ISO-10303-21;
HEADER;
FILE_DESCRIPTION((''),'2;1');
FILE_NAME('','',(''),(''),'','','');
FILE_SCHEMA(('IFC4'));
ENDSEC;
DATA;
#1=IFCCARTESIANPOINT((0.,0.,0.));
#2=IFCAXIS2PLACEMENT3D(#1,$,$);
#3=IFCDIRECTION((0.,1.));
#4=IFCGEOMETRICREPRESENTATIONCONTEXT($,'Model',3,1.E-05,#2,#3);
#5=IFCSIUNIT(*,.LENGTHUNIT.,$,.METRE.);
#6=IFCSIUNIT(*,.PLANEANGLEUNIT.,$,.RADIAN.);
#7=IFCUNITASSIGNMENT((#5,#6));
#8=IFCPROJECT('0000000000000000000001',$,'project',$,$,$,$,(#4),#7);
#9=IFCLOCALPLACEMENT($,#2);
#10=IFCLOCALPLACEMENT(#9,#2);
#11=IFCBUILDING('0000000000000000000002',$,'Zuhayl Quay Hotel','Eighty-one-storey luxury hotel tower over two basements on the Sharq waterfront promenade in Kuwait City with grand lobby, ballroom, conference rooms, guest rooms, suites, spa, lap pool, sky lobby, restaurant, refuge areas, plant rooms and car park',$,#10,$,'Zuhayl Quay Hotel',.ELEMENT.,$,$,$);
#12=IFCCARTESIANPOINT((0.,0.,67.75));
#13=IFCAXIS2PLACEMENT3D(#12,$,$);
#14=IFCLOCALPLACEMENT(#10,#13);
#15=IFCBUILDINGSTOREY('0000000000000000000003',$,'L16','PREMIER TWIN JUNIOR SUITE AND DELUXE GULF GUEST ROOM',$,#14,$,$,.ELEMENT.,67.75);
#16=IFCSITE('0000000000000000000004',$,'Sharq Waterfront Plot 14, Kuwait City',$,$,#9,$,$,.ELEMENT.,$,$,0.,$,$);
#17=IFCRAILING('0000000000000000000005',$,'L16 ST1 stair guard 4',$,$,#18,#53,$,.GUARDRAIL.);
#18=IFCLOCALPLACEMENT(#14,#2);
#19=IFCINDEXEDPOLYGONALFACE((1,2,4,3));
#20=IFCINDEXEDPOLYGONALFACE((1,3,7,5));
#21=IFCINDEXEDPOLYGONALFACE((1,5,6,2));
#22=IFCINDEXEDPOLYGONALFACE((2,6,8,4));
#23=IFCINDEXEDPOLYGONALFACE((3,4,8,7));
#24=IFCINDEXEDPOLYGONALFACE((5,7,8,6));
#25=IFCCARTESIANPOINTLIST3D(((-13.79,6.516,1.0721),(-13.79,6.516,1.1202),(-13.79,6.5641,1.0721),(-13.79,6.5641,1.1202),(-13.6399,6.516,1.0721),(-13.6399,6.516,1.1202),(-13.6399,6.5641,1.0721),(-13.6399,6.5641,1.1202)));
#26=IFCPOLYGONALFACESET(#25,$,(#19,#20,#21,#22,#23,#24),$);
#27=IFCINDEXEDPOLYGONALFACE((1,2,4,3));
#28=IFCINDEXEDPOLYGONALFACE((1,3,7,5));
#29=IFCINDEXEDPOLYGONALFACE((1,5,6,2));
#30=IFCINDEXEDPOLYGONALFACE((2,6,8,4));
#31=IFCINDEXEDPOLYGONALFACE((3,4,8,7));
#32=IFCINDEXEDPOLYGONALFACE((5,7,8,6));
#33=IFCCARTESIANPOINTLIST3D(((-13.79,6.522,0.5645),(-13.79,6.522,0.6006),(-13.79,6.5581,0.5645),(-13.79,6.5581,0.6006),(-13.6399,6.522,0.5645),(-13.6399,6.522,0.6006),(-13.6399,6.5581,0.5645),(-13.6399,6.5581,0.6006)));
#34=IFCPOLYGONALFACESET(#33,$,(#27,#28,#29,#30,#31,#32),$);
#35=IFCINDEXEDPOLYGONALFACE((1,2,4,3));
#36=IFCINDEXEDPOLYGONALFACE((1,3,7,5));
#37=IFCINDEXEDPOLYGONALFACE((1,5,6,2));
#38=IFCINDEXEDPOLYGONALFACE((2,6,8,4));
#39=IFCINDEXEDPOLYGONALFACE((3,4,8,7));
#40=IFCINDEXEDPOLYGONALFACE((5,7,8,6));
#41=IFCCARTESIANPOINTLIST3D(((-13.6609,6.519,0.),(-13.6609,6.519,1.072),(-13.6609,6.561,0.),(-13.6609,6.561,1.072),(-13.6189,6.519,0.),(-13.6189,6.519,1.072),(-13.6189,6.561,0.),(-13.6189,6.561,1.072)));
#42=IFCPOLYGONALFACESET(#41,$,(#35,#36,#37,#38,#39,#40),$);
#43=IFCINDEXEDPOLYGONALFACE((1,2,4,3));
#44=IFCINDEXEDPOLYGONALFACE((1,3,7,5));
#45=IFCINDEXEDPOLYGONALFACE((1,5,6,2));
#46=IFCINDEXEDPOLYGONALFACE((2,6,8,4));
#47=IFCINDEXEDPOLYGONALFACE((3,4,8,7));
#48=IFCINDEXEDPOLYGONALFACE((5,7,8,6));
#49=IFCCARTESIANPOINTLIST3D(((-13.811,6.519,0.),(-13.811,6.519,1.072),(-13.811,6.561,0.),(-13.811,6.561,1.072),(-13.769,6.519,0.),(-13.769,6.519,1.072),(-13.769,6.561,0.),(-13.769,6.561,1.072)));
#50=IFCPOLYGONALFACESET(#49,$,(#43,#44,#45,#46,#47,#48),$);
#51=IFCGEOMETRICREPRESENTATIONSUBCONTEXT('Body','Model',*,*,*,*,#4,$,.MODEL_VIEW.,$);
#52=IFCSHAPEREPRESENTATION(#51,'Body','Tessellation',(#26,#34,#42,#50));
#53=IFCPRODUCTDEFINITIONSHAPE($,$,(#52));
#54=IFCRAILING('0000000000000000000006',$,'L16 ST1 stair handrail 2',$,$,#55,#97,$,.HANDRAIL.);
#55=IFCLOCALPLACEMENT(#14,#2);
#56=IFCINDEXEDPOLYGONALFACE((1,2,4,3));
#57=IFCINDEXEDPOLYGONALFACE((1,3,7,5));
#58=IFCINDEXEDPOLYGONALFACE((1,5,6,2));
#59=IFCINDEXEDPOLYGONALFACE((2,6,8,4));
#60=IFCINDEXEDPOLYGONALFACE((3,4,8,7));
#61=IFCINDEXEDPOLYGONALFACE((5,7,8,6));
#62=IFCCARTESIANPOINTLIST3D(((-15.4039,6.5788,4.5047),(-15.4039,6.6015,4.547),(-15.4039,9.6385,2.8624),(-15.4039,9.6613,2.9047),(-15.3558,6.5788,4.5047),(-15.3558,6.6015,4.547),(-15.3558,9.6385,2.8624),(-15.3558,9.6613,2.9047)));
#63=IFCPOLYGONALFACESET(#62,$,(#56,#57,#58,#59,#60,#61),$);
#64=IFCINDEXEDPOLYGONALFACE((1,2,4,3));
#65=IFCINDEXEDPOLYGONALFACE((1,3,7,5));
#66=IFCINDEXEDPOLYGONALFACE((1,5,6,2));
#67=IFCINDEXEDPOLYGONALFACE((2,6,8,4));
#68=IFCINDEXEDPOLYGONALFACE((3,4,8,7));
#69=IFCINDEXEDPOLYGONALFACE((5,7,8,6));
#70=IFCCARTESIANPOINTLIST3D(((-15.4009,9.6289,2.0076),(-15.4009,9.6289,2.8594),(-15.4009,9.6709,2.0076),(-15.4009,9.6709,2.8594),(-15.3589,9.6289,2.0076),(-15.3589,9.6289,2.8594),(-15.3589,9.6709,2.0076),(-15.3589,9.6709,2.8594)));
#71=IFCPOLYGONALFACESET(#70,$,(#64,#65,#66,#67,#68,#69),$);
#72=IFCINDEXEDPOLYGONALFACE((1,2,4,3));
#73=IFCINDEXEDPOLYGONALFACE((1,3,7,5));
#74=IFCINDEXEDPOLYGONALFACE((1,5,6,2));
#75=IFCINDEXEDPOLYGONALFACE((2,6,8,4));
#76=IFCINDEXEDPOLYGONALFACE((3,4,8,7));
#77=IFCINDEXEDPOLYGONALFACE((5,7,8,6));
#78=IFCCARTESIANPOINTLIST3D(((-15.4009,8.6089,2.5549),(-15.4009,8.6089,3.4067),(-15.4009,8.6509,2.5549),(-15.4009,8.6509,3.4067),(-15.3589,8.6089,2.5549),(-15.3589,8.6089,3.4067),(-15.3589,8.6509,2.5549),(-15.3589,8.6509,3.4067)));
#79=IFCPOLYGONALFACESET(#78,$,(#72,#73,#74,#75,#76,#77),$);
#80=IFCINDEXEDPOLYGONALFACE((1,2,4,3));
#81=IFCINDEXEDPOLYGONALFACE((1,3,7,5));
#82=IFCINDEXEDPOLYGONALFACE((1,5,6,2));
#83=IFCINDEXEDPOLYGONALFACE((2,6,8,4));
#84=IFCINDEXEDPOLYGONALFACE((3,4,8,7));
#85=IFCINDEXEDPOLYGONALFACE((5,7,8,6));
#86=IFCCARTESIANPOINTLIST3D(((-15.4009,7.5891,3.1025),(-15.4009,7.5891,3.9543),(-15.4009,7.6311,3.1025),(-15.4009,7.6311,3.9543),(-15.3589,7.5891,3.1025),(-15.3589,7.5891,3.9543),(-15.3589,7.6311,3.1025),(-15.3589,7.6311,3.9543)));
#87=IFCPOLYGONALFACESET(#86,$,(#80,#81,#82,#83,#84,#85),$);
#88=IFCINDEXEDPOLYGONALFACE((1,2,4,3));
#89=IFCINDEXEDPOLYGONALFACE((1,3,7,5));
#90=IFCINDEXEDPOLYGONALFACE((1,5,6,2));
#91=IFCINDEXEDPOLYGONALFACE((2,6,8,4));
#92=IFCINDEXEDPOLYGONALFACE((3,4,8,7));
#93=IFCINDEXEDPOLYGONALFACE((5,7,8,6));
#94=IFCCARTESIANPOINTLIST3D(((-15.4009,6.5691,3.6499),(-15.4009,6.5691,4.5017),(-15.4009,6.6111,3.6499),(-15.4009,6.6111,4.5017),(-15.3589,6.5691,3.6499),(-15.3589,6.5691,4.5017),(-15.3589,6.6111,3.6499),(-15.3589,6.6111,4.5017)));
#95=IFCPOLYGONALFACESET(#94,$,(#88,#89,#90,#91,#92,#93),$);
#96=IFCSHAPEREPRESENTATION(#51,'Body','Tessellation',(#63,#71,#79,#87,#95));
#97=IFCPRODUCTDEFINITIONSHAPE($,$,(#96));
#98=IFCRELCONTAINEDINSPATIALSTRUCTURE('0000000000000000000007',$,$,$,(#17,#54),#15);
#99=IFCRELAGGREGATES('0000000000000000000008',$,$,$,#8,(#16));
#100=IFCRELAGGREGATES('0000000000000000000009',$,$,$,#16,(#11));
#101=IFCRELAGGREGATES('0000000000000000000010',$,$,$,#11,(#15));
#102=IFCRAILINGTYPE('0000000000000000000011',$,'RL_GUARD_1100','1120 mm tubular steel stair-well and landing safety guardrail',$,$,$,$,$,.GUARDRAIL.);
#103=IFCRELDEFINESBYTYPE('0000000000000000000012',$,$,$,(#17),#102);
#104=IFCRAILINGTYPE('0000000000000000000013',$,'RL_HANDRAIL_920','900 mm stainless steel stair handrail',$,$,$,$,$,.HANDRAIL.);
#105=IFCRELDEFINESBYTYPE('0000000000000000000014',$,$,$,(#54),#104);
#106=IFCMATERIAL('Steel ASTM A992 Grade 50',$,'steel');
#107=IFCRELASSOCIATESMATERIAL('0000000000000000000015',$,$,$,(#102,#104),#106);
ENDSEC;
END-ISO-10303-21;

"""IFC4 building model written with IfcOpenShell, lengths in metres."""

from ifc_helpers import new_model, si_unit, direction, frame, origin, origin_2d, place, context, subcontext, project, spatial, rectangle, extrude, material, type_object, element, save


model = new_model("IFC4")

# Units and contexts
model_context = context("Model", 3, precision=1e-05, world=origin(), true_north=direction((0.0, 1.0)))
body_context = subcontext(model_context, "Body", "Model", "MODEL_VIEW")
ifc_project = project(units=[si_unit("LENGTHUNIT", "METRE"), si_unit("PLANEANGLEUNIT", "RADIAN")], contexts=[model_context])

# Site, building, storey
site_placement = place(None, origin())
site = spatial("IfcSite", under=ifc_project, at=site_placement, Name="Sharq Waterfront Plot 14, Kuwait City", CompositionType="ELEMENT", RefElevation=0.0)
building_placement = place(site_placement, origin())
building = spatial("IfcBuilding", under=site, at=building_placement, Name="Zuhayl Quay Hotel", Description="Eighty-one-storey luxury hotel tower over two basements on the Sharq waterfront promenade in Kuwait City with grand lobby, ballroom, conference rooms, guest rooms, suites, spa, lap pool, sky lobby, restaurant, refuge areas, plant rooms and car park", LongName="Zuhayl Quay Hotel", CompositionType="ELEMENT")
storey_placement = place(building_placement, frame((0.0, 0.0, 67.75)))
storey = spatial("IfcBuildingStorey", under=building, at=storey_placement, Name="L16", Description="PREMIER TWIN JUNIOR SUITE AND DELUXE GULF GUEST ROOM", CompositionType="ELEMENT", Elevation=67.75)

# Shared definitions
ifc_material_1 = material(Name="Steel ASTM A992 Grade 50", Category="steel")

# Railings
railing_type_1 = type_object("IfcRailingType", Name="RL_GUARD_1100", Description="1120 mm tubular steel stair-well and landing safety guardrail", PredefinedType="GUARDRAIL", material=ifc_material_1)
railing_1_placement = place(storey_placement, frame((-13.6399, 6.54, 0.0)))
element("IfcRailing", 1, at=railing_1_placement, inside=storey, type_object=railing_type_1, Name="L16 ST1 stair guard 4", PredefinedType="GUARDRAIL", context=body_context, shape_type="SweptSolid", body=[
    extrude(rectangle(XDim=0.0481, YDim=0.0481, at=origin_2d()), frame((0.0, 0.0, 1.0962), z_axis=(-1.0, 0.0, 0.0), x_axis=(0.0, -1.0, 0.0)), (0.0, 0.0, 1.0), 0.1501),
    extrude(rectangle(XDim=0.0361, YDim=0.0361, at=origin_2d()), frame((0.0, 0.0, 0.5825), z_axis=(-1.0, 0.0, 0.0), x_axis=(0.0, -1.0, 0.0)), (0.0, 0.0, 1.0), 0.1501),
    extrude(rectangle(XDim=0.042, YDim=0.042, at=origin_2d()), origin(), (0.0, 0.0, 1.0), 1.072),
    extrude(rectangle(XDim=0.042, YDim=0.042, at=origin_2d()), frame((-0.1501, 0.0, 0.0)), (0.0, 0.0, 1.0), 1.072),
])
railing_type_2 = type_object("IfcRailingType", Name="RL_HANDRAIL_920", Description="900 mm stainless steel stair handrail", PredefinedType="HANDRAIL", material=ifc_material_1)
railing_2_placement = place(storey_placement, frame((-15.3799, 9.6499, 2.0076)))
element("IfcRailing", 2, at=railing_2_placement, inside=storey, type_object=railing_type_2, Name="L16 ST1 stair handrail 2", PredefinedType="HANDRAIL", context=body_context, shape_type="SweptSolid", body=[
    extrude(rectangle(XDim=0.0481, YDim=0.0481, at=origin_2d()), frame((0.0, 0.0, 0.876), z_axis=(0.0, -0.881102, 0.472926), x_axis=(1.0, 0.0, 0.0)), (0.0, 0.0, 1.0), 3.4727),
    extrude(rectangle(XDim=0.042, YDim=0.042, at=origin_2d()), origin(), (0.0, 0.0, 1.0), 0.8518),
    extrude(rectangle(XDim=0.042, YDim=0.042, at=origin_2d()), frame((0.0, -1.02, 0.5474)), (0.0, 0.0, 1.0), 0.8518),
    extrude(rectangle(XDim=0.042, YDim=0.042, at=origin_2d()), frame((0.0, -2.0398, 1.095)), (0.0, 0.0, 1.0), 0.8518),
    extrude(rectangle(XDim=0.042, YDim=0.042, at=origin_2d()), frame((0.0, -3.0598, 1.6423)), (0.0, 0.0, 1.0), 0.8518),
])

save(model, "model.ifc")
